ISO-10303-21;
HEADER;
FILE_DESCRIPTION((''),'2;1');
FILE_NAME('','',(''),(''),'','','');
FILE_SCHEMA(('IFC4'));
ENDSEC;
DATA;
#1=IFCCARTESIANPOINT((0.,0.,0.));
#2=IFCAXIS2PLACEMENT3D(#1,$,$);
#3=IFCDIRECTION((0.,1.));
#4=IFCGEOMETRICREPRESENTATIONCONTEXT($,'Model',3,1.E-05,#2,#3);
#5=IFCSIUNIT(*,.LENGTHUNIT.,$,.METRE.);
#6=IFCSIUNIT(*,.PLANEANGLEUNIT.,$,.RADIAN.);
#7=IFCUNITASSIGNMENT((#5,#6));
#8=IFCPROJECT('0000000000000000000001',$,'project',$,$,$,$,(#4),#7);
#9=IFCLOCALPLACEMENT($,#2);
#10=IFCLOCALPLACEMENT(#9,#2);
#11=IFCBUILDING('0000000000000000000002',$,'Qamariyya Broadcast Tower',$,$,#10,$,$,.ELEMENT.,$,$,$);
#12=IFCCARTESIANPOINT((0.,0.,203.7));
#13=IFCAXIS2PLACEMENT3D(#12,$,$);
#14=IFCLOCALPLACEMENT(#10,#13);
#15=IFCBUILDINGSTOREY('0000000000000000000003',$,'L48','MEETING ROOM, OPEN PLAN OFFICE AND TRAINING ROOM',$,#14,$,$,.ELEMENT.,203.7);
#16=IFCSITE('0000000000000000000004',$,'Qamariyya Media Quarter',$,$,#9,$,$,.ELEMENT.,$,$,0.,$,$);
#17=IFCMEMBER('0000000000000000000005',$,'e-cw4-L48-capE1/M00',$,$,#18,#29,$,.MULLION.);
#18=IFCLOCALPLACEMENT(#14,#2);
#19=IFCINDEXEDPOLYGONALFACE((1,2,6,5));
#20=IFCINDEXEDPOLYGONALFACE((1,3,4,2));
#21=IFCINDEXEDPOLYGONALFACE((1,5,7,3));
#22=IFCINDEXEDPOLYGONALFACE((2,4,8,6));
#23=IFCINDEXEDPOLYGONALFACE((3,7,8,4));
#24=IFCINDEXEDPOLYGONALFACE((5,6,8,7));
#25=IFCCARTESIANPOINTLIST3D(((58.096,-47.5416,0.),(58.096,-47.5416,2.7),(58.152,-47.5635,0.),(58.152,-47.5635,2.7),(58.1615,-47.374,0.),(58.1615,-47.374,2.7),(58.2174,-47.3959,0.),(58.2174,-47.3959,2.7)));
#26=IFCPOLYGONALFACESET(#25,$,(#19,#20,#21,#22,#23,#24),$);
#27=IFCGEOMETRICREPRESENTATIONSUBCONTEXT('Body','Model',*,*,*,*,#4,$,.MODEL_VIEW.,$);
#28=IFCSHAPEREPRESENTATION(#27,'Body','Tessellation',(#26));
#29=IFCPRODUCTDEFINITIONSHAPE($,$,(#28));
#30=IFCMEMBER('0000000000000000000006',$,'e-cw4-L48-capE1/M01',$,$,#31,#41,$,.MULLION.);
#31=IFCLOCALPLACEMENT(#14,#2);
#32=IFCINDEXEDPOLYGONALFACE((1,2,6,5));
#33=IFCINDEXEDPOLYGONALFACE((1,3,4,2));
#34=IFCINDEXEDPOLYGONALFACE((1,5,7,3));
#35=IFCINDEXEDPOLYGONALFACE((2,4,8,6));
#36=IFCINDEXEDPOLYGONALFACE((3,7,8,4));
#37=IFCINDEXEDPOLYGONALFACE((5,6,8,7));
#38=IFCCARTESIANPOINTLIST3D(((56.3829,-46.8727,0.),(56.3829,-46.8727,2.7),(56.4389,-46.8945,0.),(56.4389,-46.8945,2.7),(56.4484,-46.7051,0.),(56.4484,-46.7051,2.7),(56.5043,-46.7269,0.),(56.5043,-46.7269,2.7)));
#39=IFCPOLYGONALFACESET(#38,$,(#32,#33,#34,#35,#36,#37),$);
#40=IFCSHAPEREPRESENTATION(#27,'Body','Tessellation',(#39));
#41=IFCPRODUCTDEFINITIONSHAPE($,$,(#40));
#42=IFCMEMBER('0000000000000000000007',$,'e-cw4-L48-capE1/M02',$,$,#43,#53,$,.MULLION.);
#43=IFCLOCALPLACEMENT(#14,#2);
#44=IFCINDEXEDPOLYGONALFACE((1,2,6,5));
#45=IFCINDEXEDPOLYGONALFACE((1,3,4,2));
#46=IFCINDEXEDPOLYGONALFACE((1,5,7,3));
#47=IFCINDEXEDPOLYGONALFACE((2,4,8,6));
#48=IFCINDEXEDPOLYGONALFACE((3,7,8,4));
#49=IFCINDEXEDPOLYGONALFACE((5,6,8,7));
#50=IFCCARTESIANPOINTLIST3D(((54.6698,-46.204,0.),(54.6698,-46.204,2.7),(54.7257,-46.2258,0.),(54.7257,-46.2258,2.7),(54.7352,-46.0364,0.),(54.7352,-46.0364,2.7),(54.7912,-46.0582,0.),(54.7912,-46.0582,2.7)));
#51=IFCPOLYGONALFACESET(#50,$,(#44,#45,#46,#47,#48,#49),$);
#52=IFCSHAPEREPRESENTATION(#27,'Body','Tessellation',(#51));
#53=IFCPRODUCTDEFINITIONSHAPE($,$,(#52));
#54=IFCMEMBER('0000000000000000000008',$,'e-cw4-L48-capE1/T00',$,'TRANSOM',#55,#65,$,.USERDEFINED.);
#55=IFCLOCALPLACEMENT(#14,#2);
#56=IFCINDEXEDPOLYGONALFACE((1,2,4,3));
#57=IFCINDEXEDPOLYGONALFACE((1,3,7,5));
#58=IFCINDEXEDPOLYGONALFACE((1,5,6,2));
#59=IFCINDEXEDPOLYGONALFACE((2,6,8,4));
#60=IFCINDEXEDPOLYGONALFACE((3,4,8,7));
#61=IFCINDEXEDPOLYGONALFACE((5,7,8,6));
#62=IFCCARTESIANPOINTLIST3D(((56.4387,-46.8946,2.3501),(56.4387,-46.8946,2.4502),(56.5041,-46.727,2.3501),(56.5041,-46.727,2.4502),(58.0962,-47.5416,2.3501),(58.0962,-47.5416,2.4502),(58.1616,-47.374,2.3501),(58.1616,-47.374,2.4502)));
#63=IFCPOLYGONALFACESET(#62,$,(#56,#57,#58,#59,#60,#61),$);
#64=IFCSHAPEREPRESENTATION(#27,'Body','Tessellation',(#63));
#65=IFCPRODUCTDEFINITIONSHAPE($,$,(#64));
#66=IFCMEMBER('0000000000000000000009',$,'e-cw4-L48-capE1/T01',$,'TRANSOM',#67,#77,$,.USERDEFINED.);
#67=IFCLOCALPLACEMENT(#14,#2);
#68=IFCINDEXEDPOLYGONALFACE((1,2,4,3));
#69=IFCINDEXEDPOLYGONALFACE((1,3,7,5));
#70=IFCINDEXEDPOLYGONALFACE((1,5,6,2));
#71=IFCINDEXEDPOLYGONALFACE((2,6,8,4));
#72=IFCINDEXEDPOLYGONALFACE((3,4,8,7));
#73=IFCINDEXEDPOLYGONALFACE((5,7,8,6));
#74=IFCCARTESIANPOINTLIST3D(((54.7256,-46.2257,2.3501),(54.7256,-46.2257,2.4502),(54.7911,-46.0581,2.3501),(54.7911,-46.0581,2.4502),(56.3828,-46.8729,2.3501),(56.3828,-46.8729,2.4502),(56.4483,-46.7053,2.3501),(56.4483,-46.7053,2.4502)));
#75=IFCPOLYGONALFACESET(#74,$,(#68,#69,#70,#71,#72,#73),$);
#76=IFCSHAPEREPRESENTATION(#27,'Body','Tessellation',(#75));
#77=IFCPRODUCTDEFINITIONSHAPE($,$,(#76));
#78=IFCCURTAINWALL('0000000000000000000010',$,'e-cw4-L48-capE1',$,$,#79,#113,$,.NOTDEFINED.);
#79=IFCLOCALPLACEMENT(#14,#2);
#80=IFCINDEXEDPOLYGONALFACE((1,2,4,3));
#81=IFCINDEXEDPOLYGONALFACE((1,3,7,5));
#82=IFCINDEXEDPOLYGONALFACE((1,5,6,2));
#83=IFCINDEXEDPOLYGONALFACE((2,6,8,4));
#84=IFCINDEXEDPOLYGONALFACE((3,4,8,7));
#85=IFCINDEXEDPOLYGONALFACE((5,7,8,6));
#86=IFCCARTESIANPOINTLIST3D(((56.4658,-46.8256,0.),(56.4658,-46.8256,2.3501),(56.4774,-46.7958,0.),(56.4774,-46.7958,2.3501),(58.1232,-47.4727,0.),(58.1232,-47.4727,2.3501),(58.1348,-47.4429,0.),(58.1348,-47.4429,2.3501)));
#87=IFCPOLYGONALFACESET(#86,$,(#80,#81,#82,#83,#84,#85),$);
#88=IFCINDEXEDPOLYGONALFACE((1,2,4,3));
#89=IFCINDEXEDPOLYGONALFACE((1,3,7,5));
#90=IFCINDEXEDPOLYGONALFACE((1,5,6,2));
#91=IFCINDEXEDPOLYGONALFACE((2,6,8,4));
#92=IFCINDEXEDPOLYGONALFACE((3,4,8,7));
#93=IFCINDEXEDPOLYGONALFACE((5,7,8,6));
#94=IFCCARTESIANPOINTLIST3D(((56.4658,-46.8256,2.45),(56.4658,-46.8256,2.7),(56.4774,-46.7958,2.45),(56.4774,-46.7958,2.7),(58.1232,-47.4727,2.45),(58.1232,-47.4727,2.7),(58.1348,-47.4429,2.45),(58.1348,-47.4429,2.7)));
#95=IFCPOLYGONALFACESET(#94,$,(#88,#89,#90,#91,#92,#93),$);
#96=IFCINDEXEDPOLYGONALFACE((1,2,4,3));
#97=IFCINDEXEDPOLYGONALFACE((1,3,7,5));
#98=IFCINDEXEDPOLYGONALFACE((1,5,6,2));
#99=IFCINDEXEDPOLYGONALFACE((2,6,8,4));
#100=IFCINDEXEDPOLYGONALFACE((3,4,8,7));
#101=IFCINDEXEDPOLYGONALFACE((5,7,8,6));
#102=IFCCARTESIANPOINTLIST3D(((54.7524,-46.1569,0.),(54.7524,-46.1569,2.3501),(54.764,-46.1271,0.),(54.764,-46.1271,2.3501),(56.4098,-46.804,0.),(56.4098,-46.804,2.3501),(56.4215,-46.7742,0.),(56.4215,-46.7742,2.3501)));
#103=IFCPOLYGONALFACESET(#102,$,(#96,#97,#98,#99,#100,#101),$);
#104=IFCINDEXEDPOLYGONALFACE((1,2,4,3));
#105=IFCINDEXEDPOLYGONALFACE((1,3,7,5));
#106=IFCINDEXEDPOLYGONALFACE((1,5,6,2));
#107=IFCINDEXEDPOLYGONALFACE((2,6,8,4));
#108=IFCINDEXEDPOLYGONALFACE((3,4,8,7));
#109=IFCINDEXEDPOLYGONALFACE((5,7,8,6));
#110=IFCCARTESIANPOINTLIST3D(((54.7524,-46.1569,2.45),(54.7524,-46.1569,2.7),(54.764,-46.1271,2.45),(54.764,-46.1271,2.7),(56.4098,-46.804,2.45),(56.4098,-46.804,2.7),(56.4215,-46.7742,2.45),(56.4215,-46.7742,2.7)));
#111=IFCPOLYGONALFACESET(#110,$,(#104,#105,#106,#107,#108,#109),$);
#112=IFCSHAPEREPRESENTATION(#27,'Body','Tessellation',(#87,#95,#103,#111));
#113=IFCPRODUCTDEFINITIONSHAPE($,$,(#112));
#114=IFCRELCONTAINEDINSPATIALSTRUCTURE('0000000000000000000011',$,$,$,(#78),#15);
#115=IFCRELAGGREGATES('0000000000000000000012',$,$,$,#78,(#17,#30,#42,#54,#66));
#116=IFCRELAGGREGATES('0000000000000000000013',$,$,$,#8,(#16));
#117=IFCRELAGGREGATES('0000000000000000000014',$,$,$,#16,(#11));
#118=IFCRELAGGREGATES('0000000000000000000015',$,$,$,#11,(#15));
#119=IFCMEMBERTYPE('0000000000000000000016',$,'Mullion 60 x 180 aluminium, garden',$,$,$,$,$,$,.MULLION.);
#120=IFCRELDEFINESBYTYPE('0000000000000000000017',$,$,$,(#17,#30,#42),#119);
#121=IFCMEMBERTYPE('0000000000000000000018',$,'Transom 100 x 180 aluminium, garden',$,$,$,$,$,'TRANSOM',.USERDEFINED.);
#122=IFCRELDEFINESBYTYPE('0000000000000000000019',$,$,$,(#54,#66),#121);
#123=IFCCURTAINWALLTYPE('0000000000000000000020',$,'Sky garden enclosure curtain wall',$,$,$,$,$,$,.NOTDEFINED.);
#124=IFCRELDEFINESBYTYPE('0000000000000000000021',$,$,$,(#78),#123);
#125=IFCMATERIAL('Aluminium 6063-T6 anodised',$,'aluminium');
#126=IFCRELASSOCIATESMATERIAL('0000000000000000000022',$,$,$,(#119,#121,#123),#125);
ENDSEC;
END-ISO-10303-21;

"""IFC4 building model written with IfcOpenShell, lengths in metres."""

from ifc_helpers import new_model, si_unit, direction, frame, origin, origin_2d, place, context, subcontext, project, spatial, rectangle, extrude, material, material_profile, profile_set, type_object, element, aggregate, save


model = new_model("IFC4")

# Units and contexts
model_context = context("Model", 3, precision=1e-05, world=origin(), true_north=direction((0.0, 1.0)))
body_context = subcontext(model_context, "Body", "Model", "MODEL_VIEW")
ifc_project = project(units=[si_unit("LENGTHUNIT", "METRE"), si_unit("PLANEANGLEUNIT", "RADIAN")], contexts=[model_context])

# Members
ifc_material = material(Name="Aluminium 6063-T6 anodised", Category="aluminium")
ifc_material_profile_1 = material_profile(ifc_material, rectangle(XDim=0.1799, YDim=0.0601, at=origin_2d()))
ifc_profile_set_1 = profile_set([ifc_material_profile_1], Name="Aluminium 6063-T6 anodised")
member_type_1 = type_object("IfcMemberType", Name="Mullion 60 x 180 aluminium, garden", PredefinedType="MULLION", material=ifc_profile_set_1)
site_placement = place(None, origin())
building_placement = place(site_placement, origin())
storey_placement = place(building_placement, frame((0.0, 0.0, 203.7)))
member_1_placement = place(storey_placement, frame((58.1567, -47.4688, 0.0), z_axis=(0.0, 0.0, 1.0), x_axis=(-0.36369, -0.93152, 0.0)))
member_1 = element("IfcMember", 1, at=member_1_placement, type_object=member_type_1, Name="e-cw4-L48-capE1/M00", PredefinedType="MULLION", context=body_context, shape_type="SweptSolid", body=[
    extrude(rectangle(XDim=0.1799, YDim=0.0601, at=origin_2d()), origin(), (0.0, 0.0, 1.0), 2.7),
])
member_2_placement = place(storey_placement, frame((56.4436, -46.7998, 0.0), z_axis=(0.0, 0.0, 1.0), x_axis=(-0.36369, -0.93152, 0.0)))
member_2 = element("IfcMember", 2, at=member_2_placement, type_object=member_type_1, Name="e-cw4-L48-capE1/M01", PredefinedType="MULLION", context=body_context, shape_type="SweptSolid", body=[
    extrude(rectangle(XDim=0.1799, YDim=0.0601, at=origin_2d()), origin(), (0.0, 0.0, 1.0), 2.7),
])
member_3_placement = place(storey_placement, frame((54.7305, -46.1311, 0.0), z_axis=(0.0, 0.0, 1.0), x_axis=(-0.36369, -0.93152, 0.0)))
member_3 = element("IfcMember", 3, at=member_3_placement, type_object=member_type_1, Name="e-cw4-L48-capE1/M02", PredefinedType="MULLION", context=body_context, shape_type="SweptSolid", body=[
    extrude(rectangle(XDim=0.1799, YDim=0.0601, at=origin_2d()), origin(), (0.0, 0.0, 1.0), 2.7),
])
ifc_material_profile_2 = material_profile(ifc_material, rectangle(XDim=0.1799, YDim=0.1001, at=origin_2d()))
ifc_profile_set_2 = profile_set([ifc_material_profile_2], Name="Aluminium 6063-T6 anodised")
member_type_2 = type_object("IfcMemberType", Name="Transom 100 x 180 aluminium, garden", ElementType="TRANSOM", PredefinedType="USERDEFINED", material=ifc_profile_set_2)
member_4_placement = place(storey_placement, frame((58.1289, -47.4578, 2.4001), z_axis=(-0.931548, 0.363618, 0.0), x_axis=(-0.363618, -0.931548, 0.0)))
member_4 = element("IfcMember", 4, at=member_4_placement, type_object=member_type_2, Name="e-cw4-L48-capE1/T00", ObjectType="TRANSOM", PredefinedType="USERDEFINED", context=body_context, shape_type="SweptSolid", body=[
    extrude(rectangle(XDim=0.1799, YDim=0.1001, at=origin_2d()), origin(), (0.0, 0.0, 1.0), 1.7793),
])
member_5_placement = place(storey_placement, frame((56.4155, -46.7891, 2.4001), z_axis=(-0.931484, 0.363784, 0.0), x_axis=(-0.363784, -0.931484, 0.0)))
member_5 = element("IfcMember", 5, at=member_5_placement, type_object=member_type_2, Name="e-cw4-L48-capE1/T01", ObjectType="TRANSOM", PredefinedType="USERDEFINED", context=body_context, shape_type="SweptSolid", body=[
    extrude(rectangle(XDim=0.1799, YDim=0.1001, at=origin_2d()), origin(), (0.0, 0.0, 1.0), 1.7791),
])

# Site, building, storey
site = spatial("IfcSite", under=ifc_project, at=site_placement, Name="Qamariyya Media Quarter", CompositionType="ELEMENT", RefElevation=0.0)
building = spatial("IfcBuilding", under=site, at=building_placement, Name="Qamariyya Broadcast Tower", CompositionType="ELEMENT")
storey = spatial("IfcBuildingStorey", under=building, at=storey_placement, Name="L48", Description="MEETING ROOM, OPEN PLAN OFFICE AND TRAINING ROOM", CompositionType="ELEMENT", Elevation=203.7)

# Curtain wall
curtain_wall_type_1 = type_object("IfcCurtainWallType", Name="Sky garden enclosure curtain wall", PredefinedType="NOTDEFINED", material=ifc_material)
curtain_wall_1_placement = place(storey_placement, origin())
curtain_wall_1 = element("IfcCurtainWall", 6, at=curtain_wall_1_placement, inside=storey, type_object=curtain_wall_type_1, Name="e-cw4-L48-capE1", PredefinedType="NOTDEFINED", context=body_context, shape_type="SweptSolid", body=[
    extrude(rectangle(XDim=1.7793, YDim=0.032, at=origin_2d()), frame((57.3003, -47.1343, 0.0), x_axis=(-0.931521, 0.363688, 0.0)), (0.0, 0.0, 1.0), 2.3501),
    extrude(rectangle(XDim=1.7793, YDim=0.032, at=origin_2d()), frame((57.3003, -47.1343, 2.45), x_axis=(-0.931521, 0.363688, 0.0)), (0.0, 0.0, 1.0), 0.25),
    extrude(rectangle(XDim=1.7793, YDim=0.032, at=origin_2d()), frame((55.5869, -46.4656, 0.0), x_axis=(-0.931521, 0.363688, 0.0)), (0.0, 0.0, 1.0), 2.3501),
    extrude(rectangle(XDim=1.7793, YDim=0.032, at=origin_2d()), frame((55.5869, -46.4656, 2.45), x_axis=(-0.931521, 0.363688, 0.0)), (0.0, 0.0, 1.0), 0.25),
])
aggregate(curtain_wall_1, [member_1, member_2, member_3, member_4, member_5])

save(model, "model.ifc")
